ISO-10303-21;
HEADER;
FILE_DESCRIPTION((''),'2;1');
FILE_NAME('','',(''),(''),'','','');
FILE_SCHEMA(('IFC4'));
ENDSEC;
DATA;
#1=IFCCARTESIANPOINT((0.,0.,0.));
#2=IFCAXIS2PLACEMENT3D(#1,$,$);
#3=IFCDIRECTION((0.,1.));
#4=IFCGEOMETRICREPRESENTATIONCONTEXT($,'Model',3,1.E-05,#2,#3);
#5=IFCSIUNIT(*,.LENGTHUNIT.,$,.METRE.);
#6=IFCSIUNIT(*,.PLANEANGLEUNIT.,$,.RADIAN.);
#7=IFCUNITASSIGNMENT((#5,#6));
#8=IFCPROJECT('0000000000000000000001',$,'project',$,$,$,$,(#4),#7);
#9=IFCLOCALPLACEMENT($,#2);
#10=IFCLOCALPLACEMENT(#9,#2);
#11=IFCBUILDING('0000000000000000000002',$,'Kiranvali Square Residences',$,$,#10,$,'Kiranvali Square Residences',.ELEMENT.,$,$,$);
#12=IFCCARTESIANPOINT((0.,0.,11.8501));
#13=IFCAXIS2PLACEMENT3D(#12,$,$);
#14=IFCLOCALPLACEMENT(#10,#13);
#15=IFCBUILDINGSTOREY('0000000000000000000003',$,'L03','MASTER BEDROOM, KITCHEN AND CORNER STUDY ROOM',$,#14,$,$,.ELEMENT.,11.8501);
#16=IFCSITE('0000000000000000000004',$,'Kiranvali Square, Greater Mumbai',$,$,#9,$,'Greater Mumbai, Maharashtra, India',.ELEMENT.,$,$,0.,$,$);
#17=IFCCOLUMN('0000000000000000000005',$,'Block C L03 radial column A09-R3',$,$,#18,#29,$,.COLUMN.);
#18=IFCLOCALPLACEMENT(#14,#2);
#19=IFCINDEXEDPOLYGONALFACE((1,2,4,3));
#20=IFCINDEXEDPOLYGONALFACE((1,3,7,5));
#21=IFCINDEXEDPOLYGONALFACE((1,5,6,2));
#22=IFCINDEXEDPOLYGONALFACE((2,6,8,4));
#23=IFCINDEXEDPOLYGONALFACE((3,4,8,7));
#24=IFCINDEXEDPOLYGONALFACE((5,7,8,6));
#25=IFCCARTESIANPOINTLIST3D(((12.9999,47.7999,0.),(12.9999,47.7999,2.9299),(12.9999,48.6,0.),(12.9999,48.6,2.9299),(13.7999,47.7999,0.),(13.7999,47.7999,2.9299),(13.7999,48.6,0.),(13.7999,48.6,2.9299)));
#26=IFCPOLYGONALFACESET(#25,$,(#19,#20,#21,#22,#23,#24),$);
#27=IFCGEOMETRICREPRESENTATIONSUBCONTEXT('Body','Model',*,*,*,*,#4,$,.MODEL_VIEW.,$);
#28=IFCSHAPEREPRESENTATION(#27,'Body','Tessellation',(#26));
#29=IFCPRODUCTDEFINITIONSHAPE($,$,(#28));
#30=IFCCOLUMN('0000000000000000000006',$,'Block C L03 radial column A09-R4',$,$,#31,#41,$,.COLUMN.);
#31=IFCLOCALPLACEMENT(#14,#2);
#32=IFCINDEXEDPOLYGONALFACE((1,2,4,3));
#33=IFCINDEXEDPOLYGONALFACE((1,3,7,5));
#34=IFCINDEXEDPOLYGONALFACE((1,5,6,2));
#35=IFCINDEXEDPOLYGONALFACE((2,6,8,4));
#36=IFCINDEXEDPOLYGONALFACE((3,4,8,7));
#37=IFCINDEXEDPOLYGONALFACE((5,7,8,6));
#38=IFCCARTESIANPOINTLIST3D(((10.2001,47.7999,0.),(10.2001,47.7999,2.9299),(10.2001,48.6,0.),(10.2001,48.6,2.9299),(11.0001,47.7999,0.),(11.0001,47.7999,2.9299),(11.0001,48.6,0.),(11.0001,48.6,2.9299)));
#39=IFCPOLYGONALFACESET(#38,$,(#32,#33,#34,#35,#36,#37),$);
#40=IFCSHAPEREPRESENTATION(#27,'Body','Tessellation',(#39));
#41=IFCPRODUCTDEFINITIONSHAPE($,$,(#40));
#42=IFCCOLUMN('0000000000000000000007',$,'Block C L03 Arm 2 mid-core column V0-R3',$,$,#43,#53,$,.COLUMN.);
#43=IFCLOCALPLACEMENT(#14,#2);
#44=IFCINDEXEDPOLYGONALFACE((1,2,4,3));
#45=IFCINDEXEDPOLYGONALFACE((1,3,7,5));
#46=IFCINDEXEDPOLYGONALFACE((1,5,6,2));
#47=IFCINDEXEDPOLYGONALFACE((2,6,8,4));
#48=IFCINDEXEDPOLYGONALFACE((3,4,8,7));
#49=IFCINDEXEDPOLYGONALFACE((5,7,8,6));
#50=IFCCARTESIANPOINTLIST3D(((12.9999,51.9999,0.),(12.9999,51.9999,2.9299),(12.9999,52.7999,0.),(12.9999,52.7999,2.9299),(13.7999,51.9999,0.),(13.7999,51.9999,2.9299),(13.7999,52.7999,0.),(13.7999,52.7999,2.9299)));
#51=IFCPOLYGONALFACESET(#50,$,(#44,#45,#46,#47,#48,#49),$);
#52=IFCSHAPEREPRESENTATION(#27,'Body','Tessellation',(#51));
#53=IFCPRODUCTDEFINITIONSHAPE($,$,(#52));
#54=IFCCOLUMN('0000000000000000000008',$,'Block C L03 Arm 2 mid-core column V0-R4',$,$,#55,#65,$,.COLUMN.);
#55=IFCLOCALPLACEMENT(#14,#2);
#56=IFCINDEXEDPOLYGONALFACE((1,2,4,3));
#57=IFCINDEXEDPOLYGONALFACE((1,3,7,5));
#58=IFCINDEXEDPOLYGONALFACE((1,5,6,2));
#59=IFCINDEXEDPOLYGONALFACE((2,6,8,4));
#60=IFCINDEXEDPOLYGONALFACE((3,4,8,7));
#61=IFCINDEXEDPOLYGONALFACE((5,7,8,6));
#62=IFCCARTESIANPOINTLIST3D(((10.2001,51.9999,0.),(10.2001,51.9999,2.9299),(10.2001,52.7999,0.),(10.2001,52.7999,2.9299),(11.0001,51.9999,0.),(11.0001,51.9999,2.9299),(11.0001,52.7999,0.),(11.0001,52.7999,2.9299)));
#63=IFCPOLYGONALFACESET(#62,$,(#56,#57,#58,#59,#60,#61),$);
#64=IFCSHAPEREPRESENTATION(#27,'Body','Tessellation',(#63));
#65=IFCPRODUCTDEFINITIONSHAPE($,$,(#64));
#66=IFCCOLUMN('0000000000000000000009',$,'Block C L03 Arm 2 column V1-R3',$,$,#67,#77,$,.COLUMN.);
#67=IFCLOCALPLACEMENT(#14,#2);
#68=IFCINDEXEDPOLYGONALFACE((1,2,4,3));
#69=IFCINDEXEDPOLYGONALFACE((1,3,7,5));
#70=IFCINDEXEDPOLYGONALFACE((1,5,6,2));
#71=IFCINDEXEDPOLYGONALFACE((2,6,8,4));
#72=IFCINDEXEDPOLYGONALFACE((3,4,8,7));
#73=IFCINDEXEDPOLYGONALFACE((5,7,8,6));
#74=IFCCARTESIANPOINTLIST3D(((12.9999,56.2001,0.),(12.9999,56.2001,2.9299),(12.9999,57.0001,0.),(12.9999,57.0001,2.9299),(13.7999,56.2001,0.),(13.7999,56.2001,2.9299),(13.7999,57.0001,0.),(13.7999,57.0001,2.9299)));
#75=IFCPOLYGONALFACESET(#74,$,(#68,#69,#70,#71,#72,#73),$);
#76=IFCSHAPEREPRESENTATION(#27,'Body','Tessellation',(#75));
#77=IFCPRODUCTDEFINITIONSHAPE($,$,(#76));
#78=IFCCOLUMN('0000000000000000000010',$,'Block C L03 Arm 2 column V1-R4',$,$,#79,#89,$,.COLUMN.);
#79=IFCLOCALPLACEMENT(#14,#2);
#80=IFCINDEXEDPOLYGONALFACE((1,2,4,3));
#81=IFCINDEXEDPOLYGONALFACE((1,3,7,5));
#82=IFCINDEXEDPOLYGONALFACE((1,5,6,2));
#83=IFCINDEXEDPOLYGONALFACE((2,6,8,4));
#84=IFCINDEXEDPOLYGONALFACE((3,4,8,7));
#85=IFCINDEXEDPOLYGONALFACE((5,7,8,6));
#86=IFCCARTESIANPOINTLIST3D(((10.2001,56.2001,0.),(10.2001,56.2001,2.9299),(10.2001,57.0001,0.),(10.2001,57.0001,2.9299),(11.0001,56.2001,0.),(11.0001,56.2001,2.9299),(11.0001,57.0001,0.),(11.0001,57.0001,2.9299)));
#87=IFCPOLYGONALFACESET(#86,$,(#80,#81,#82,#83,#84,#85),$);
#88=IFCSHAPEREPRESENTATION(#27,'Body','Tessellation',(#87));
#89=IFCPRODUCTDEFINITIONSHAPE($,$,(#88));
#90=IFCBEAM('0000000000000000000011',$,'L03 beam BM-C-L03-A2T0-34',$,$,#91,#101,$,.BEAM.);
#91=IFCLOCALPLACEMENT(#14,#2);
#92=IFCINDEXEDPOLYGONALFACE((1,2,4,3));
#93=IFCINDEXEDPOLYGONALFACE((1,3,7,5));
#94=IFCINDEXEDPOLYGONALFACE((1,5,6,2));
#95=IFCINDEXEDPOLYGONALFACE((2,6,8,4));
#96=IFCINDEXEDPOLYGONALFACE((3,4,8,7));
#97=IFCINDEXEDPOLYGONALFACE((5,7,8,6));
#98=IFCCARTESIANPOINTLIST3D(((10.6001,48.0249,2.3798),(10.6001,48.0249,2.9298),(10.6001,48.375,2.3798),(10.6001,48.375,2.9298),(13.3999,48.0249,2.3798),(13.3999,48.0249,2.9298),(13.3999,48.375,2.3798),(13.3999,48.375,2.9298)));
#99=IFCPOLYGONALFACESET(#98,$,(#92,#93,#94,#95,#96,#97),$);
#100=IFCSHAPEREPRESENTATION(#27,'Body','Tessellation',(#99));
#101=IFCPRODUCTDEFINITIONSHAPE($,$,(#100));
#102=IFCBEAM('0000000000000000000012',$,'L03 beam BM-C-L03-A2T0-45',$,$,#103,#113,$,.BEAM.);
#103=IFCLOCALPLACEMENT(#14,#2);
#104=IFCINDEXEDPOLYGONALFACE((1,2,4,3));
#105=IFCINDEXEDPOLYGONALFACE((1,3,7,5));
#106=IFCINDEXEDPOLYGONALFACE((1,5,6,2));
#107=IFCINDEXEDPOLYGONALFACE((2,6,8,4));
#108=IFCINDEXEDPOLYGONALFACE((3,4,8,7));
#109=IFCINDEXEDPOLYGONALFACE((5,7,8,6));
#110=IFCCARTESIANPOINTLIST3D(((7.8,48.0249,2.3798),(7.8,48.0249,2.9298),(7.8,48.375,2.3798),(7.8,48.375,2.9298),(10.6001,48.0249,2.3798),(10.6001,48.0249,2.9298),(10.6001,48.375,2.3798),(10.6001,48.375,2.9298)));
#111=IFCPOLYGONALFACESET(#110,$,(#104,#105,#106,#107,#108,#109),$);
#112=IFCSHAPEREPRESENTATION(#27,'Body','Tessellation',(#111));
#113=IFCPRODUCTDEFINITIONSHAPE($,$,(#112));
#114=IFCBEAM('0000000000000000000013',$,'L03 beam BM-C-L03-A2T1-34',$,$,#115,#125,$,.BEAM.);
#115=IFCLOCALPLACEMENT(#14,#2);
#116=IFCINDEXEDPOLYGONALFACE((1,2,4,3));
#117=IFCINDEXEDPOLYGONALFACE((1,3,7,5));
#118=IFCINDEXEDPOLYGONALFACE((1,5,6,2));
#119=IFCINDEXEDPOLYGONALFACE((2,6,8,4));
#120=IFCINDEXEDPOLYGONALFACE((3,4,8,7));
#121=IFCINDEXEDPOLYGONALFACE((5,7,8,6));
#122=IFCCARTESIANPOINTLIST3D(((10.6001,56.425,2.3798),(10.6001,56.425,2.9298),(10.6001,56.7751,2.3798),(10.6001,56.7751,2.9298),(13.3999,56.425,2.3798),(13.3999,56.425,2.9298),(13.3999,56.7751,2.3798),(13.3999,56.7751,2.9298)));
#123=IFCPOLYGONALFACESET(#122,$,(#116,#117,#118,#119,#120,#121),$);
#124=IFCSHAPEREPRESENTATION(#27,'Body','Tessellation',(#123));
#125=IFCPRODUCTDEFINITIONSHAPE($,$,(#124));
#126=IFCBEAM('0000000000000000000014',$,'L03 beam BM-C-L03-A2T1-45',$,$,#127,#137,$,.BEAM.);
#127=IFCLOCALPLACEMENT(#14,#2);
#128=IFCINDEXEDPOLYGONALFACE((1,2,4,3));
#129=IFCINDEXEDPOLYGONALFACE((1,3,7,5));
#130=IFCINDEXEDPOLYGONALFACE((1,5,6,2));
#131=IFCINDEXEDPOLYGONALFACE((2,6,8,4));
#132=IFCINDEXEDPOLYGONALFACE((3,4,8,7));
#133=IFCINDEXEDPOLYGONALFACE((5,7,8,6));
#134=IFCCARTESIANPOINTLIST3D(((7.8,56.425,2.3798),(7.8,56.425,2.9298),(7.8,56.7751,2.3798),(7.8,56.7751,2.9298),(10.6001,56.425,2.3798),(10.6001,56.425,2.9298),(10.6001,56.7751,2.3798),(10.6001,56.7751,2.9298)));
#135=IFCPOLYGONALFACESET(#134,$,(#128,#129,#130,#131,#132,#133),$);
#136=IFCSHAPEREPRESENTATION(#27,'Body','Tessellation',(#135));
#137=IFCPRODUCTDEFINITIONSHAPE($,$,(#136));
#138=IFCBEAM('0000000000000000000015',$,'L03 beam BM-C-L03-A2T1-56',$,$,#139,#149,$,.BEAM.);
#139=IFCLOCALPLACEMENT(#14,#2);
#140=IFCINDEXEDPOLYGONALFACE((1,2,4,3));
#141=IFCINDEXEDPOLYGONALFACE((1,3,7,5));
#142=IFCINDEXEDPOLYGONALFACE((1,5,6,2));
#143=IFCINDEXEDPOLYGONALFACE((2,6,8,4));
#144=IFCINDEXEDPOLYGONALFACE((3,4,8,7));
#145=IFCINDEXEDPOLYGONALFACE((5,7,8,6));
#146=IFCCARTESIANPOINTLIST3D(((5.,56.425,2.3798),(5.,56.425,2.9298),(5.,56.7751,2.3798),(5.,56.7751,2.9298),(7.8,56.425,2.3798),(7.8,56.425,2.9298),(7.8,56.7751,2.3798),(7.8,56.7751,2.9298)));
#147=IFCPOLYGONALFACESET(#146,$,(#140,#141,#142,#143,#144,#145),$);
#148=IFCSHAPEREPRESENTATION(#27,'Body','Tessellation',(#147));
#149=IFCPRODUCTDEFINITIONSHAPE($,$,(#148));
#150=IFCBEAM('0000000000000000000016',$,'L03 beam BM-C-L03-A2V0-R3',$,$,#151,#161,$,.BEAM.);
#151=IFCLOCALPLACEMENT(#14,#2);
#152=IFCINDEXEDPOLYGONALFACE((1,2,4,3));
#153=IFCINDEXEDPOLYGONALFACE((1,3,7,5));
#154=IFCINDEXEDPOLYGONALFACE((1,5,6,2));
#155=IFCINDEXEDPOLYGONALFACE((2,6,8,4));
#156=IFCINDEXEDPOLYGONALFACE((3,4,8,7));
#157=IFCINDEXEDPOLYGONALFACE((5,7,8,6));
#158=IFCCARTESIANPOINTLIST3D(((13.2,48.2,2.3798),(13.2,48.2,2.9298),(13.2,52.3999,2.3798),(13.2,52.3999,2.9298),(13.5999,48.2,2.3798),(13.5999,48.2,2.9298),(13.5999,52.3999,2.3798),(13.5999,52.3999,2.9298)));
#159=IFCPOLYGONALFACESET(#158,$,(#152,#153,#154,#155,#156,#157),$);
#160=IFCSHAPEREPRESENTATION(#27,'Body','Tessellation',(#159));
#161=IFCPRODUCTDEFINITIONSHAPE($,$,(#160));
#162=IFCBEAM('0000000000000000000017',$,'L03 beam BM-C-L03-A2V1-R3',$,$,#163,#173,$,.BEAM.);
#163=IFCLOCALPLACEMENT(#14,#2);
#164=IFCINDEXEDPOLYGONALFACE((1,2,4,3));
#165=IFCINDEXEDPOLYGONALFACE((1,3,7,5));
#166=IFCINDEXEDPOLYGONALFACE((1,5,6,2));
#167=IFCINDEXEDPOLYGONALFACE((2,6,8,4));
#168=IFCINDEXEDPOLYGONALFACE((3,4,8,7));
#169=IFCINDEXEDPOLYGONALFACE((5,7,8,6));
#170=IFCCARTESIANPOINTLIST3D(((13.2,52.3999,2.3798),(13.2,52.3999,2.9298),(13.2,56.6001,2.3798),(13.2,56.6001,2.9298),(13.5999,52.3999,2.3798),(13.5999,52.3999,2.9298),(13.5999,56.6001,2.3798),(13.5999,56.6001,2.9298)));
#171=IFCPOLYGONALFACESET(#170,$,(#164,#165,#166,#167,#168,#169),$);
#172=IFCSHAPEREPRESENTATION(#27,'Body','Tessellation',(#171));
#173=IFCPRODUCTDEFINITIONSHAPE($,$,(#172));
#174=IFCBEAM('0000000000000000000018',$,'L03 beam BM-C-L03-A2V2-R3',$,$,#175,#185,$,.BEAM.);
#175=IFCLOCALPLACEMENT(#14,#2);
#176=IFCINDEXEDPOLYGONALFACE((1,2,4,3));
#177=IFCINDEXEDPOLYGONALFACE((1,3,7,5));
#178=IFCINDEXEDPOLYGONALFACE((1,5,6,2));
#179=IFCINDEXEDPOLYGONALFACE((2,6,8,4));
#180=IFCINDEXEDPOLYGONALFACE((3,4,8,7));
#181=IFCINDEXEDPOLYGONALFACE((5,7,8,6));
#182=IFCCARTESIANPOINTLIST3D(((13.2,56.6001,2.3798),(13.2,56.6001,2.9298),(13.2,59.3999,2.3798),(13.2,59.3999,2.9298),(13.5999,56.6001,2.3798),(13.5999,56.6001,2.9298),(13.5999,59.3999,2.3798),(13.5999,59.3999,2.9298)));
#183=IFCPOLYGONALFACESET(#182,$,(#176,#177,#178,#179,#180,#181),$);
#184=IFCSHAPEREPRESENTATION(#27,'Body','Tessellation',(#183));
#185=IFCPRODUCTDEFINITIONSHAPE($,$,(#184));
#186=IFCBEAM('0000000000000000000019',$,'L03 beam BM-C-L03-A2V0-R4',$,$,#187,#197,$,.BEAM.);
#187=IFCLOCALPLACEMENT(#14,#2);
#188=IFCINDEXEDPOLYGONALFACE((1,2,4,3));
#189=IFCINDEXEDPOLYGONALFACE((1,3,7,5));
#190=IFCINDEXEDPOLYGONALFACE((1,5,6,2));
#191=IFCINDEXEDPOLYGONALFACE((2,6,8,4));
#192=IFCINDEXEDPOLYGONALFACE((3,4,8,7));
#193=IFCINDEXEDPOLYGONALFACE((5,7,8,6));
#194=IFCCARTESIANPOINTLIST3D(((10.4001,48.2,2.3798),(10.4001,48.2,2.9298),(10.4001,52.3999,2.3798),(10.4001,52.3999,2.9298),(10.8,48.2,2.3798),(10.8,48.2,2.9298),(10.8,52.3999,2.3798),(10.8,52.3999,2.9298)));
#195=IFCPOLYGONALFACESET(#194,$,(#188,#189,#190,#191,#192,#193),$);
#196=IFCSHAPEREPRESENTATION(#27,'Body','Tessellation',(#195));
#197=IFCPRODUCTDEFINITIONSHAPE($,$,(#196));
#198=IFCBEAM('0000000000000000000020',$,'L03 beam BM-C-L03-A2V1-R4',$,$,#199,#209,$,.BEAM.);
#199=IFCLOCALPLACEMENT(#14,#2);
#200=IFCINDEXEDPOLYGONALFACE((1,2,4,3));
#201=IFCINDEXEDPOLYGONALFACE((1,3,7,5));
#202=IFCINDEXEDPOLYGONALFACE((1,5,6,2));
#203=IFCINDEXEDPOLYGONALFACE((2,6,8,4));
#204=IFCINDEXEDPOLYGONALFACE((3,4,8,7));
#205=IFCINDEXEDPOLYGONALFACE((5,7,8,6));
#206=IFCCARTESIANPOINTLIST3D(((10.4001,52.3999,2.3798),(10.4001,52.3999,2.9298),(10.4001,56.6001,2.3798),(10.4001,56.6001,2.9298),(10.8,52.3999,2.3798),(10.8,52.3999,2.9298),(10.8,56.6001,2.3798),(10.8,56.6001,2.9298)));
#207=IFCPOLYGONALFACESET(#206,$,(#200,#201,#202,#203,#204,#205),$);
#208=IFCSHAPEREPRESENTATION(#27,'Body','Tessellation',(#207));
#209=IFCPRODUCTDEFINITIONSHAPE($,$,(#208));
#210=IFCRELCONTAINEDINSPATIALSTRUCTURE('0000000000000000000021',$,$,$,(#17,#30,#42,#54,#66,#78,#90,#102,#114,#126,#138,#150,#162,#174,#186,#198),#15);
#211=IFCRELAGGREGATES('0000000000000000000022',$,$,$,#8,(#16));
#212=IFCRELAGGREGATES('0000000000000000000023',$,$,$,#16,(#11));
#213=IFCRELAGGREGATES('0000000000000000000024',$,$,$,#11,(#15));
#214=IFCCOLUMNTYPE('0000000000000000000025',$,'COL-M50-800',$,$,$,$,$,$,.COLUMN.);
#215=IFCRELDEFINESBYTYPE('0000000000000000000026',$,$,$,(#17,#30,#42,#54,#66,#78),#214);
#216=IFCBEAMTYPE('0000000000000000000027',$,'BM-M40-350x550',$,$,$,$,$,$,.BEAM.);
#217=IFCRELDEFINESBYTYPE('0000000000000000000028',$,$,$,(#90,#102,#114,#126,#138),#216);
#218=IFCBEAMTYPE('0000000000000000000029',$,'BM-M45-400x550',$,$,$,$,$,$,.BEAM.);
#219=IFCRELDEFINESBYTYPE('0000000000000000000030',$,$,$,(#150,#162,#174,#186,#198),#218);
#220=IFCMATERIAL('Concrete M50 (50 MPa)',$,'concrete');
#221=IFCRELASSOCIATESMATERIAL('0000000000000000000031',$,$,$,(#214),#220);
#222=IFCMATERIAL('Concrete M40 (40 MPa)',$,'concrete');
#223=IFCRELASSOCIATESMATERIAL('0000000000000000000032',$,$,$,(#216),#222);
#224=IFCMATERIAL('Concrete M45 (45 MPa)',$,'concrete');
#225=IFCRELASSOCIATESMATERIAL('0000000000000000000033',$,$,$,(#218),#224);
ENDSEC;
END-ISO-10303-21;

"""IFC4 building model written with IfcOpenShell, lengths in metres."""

from ifc_helpers import new_model, si_unit, direction, frame, origin, origin_2d, place, context, subcontext, project, spatial, rectangle, extrude, material, material_profile, profile_set, type_object, element, save


model = new_model("IFC4")

# Units and contexts
model_context = context("Model", 3, precision=1e-05, world=origin(), true_north=direction((0.0, 1.0)))
body_context = subcontext(model_context, "Body", "Model", "MODEL_VIEW")
ifc_project = project(units=[si_unit("LENGTHUNIT", "METRE"), si_unit("PLANEANGLEUNIT", "RADIAN")], contexts=[model_context])

# Site, building, storey
site_placement = place(None, origin())
site = spatial("IfcSite", under=ifc_project, at=site_placement, Name="Kiranvali Square, Greater Mumbai", LongName="Greater Mumbai, Maharashtra, India", CompositionType="ELEMENT", RefElevation=0.0)
building_placement = place(site_placement, origin())
building = spatial("IfcBuilding", under=site, at=building_placement, Name="Kiranvali Square Residences", LongName="Kiranvali Square Residences", CompositionType="ELEMENT")
storey_placement = place(building_placement, frame((0.0, 0.0, 11.8501)))
storey = spatial("IfcBuildingStorey", under=building, at=storey_placement, Name="L03", Description="MASTER BEDROOM, KITCHEN AND CORNER STUDY ROOM", CompositionType="ELEMENT", Elevation=11.8501)

# Columns
ifc_material_1 = material(Name="Concrete M50 (50 MPa)", Category="concrete")
ifc_material_profile_1 = material_profile(ifc_material_1, rectangle(XDim=0.8, YDim=0.8, at=origin_2d()), Name="RC 800x800")
ifc_profile_set_1 = profile_set([ifc_material_profile_1], Name="Concrete M50 (50 MPa)")
column_type = type_object("IfcColumnType", Name="COL-M50-800", PredefinedType="COLUMN", material=ifc_profile_set_1)
for number, where, z_axis, x_axis, name in (
    (1, (13.3999, 48.2, 0.0), (0.0, 0.0, 1.0), (0.0, 1.0, 0.0), "Block C L03 radial column A09-R3"),
    (2, (10.6001, 48.2, 0.0), (0.0, 0.0, 1.0), (0.0, 1.0, 0.0), "Block C L03 radial column A09-R4"),
    (3, (13.3999, 52.3999, 0.0), (0.0, 0.0, 1.0), (1.0, 0.0, 0.0), "Block C L03 Arm 2 mid-core column V0-R3"),
    (4, (10.6001, 52.3999, 0.0), (0.0, 0.0, 1.0), (1.0, 0.0, 0.0), "Block C L03 Arm 2 mid-core column V0-R4"),
    (5, (13.3999, 56.6001, 0.0), (0.0, 0.0, 1.0), (1.0, 0.0, 0.0), "Block C L03 Arm 2 column V1-R3"),
    (6, (10.6001, 56.6001, 0.0), (0.0, 0.0, 1.0), (1.0, 0.0, 0.0), "Block C L03 Arm 2 column V1-R4"),
):
    element("IfcColumn", number, at=place(storey_placement, frame(where, z_axis=z_axis, x_axis=x_axis)), inside=storey, type_object=column_type, Name=name, PredefinedType="COLUMN", context=body_context, shape_type="SweptSolid", body=[
        extrude(rectangle(XDim=0.8, YDim=0.8, at=origin_2d()), origin(), (0.0, 0.0, 1.0), 2.9299),
    ])

# Beams
ifc_material_2 = material(Name="Concrete M40 (40 MPa)", Category="concrete")
ifc_material_profile_2 = material_profile(ifc_material_2, rectangle(XDim=0.3501, YDim=0.55, at=origin_2d()), Name="RC 350x550")
ifc_profile_set_2 = profile_set([ifc_material_profile_2], Name="Concrete M40 (40 MPa)")
beam_type_1 = type_object("IfcBeamType", Name="BM-M40-350x550", PredefinedType="BEAM", material=ifc_profile_set_2)
beam_1_placement = place(storey_placement, frame((13.3999, 48.2, 2.6548), z_axis=(-1.0, 0.0, 0.0), x_axis=(0.0, -1.0, 0.0)))
element("IfcBeam", 7, at=beam_1_placement, inside=storey, type_object=beam_type_1, Name="L03 beam BM-C-L03-A2T0-34", PredefinedType="BEAM", context=body_context, shape_type="SweptSolid", body=[
    extrude(rectangle(XDim=0.3501, YDim=0.55, at=origin_2d()), origin(), (0.0, 0.0, 1.0), 2.7998),
])
beam_2_placement = place(storey_placement, frame((10.6001, 48.2, 2.6548), z_axis=(-1.0, 0.0, 0.0), x_axis=(0.0, -1.0, 0.0)))
element("IfcBeam", 8, at=beam_2_placement, inside=storey, type_object=beam_type_1, Name="L03 beam BM-C-L03-A2T0-45", PredefinedType="BEAM", context=body_context, shape_type="SweptSolid", body=[
    extrude(rectangle(XDim=0.3501, YDim=0.55, at=origin_2d()), origin(), (0.0, 0.0, 1.0), 2.8),
])
beam_3_placement = place(storey_placement, frame((13.3999, 56.6001, 2.6548), z_axis=(-1.0, 0.0, 0.0), x_axis=(0.0, -1.0, 0.0)))
element("IfcBeam", 9, at=beam_3_placement, inside=storey, type_object=beam_type_1, Name="L03 beam BM-C-L03-A2T1-34", PredefinedType="BEAM", context=body_context, shape_type="SweptSolid", body=[
    extrude(rectangle(XDim=0.3501, YDim=0.55, at=origin_2d()), origin(), (0.0, 0.0, 1.0), 2.7998),
])
for number, where, z_axis, x_axis, name in (
    (10, (10.6001, 56.6001, 2.6548), (-1.0, 0.0, 0.0), (0.0, -1.0, 0.0), "L03 beam BM-C-L03-A2T1-45"),
    (11, (7.8, 56.6001, 2.6548), (-1.0, 0.0, 0.0), (0.0, -1.0, 0.0), "L03 beam BM-C-L03-A2T1-56"),
):
    element("IfcBeam", number, at=place(storey_placement, frame(where, z_axis=z_axis, x_axis=x_axis)), inside=storey, type_object=beam_type_1, Name=name, PredefinedType="BEAM", context=body_context, shape_type="SweptSolid", body=[
        extrude(rectangle(XDim=0.3501, YDim=0.55, at=origin_2d()), origin(), (0.0, 0.0, 1.0), 2.8),
    ])
ifc_material_3 = material(Name="Concrete M45 (45 MPa)", Category="concrete")
ifc_material_profile_3 = material_profile(ifc_material_3, rectangle(XDim=0.3999, YDim=0.55, at=origin_2d()), Name="RC 400x550")
ifc_profile_set_3 = profile_set([ifc_material_profile_3], Name="Concrete M45 (45 MPa)")
beam_type_2 = type_object("IfcBeamType", Name="BM-M45-400x550", PredefinedType="BEAM", material=ifc_profile_set_3)
beam_4_placement = place(storey_placement, frame((13.3999, 48.2, 2.6548), z_axis=(0.0, 1.0, 0.0), x_axis=(-1.0, 0.0, 0.0)))
element("IfcBeam", 12, at=beam_4_placement, inside=storey, type_object=beam_type_2, Name="L03 beam BM-C-L03-A2V0-R3", PredefinedType="BEAM", context=body_context, shape_type="SweptSolid", body=[
    extrude(rectangle(XDim=0.3999, YDim=0.55, at=origin_2d()), origin(), (0.0, 0.0, 1.0), 4.2),
])
beam_5_placement = place(storey_placement, frame((13.3999, 52.3999, 2.6548), z_axis=(0.0, 1.0, 0.0), x_axis=(-1.0, 0.0, 0.0)))
element("IfcBeam", 13, at=beam_5_placement, inside=storey, type_object=beam_type_2, Name="L03 beam BM-C-L03-A2V1-R3", PredefinedType="BEAM", context=body_context, shape_type="SweptSolid", body=[
    extrude(rectangle(XDim=0.3999, YDim=0.55, at=origin_2d()), origin(), (0.0, 0.0, 1.0), 4.2002),
])
beam_6_placement = place(storey_placement, frame((13.3999, 56.6001, 2.6548), z_axis=(0.0, 1.0, 0.0), x_axis=(-1.0, 0.0, 0.0)))
element("IfcBeam", 14, at=beam_6_placement, inside=storey, type_object=beam_type_2, Name="L03 beam BM-C-L03-A2V2-R3", PredefinedType="BEAM", context=body_context, shape_type="SweptSolid", body=[
    extrude(rectangle(XDim=0.3999, YDim=0.55, at=origin_2d()), origin(), (0.0, 0.0, 1.0), 2.7998),
])
beam_7_placement = place(storey_placement, frame((10.6001, 48.2, 2.6548), z_axis=(0.0, 1.0, 0.0), x_axis=(-1.0, 0.0, 0.0)))
element("IfcBeam", 15, at=beam_7_placement, inside=storey, type_object=beam_type_2, Name="L03 beam BM-C-L03-A2V0-R4", PredefinedType="BEAM", context=body_context, shape_type="SweptSolid", body=[
    extrude(rectangle(XDim=0.3999, YDim=0.55, at=origin_2d()), origin(), (0.0, 0.0, 1.0), 4.2),
])
beam_8_placement = place(storey_placement, frame((10.6001, 52.3999, 2.6548), z_axis=(0.0, 1.0, 0.0), x_axis=(-1.0, 0.0, 0.0)))
element("IfcBeam", 16, at=beam_8_placement, inside=storey, type_object=beam_type_2, Name="L03 beam BM-C-L03-A2V1-R4", PredefinedType="BEAM", context=body_context, shape_type="SweptSolid", body=[
    extrude(rectangle(XDim=0.3999, YDim=0.55, at=origin_2d()), origin(), (0.0, 0.0, 1.0), 4.2002),
])

save(model, "model.ifc")
